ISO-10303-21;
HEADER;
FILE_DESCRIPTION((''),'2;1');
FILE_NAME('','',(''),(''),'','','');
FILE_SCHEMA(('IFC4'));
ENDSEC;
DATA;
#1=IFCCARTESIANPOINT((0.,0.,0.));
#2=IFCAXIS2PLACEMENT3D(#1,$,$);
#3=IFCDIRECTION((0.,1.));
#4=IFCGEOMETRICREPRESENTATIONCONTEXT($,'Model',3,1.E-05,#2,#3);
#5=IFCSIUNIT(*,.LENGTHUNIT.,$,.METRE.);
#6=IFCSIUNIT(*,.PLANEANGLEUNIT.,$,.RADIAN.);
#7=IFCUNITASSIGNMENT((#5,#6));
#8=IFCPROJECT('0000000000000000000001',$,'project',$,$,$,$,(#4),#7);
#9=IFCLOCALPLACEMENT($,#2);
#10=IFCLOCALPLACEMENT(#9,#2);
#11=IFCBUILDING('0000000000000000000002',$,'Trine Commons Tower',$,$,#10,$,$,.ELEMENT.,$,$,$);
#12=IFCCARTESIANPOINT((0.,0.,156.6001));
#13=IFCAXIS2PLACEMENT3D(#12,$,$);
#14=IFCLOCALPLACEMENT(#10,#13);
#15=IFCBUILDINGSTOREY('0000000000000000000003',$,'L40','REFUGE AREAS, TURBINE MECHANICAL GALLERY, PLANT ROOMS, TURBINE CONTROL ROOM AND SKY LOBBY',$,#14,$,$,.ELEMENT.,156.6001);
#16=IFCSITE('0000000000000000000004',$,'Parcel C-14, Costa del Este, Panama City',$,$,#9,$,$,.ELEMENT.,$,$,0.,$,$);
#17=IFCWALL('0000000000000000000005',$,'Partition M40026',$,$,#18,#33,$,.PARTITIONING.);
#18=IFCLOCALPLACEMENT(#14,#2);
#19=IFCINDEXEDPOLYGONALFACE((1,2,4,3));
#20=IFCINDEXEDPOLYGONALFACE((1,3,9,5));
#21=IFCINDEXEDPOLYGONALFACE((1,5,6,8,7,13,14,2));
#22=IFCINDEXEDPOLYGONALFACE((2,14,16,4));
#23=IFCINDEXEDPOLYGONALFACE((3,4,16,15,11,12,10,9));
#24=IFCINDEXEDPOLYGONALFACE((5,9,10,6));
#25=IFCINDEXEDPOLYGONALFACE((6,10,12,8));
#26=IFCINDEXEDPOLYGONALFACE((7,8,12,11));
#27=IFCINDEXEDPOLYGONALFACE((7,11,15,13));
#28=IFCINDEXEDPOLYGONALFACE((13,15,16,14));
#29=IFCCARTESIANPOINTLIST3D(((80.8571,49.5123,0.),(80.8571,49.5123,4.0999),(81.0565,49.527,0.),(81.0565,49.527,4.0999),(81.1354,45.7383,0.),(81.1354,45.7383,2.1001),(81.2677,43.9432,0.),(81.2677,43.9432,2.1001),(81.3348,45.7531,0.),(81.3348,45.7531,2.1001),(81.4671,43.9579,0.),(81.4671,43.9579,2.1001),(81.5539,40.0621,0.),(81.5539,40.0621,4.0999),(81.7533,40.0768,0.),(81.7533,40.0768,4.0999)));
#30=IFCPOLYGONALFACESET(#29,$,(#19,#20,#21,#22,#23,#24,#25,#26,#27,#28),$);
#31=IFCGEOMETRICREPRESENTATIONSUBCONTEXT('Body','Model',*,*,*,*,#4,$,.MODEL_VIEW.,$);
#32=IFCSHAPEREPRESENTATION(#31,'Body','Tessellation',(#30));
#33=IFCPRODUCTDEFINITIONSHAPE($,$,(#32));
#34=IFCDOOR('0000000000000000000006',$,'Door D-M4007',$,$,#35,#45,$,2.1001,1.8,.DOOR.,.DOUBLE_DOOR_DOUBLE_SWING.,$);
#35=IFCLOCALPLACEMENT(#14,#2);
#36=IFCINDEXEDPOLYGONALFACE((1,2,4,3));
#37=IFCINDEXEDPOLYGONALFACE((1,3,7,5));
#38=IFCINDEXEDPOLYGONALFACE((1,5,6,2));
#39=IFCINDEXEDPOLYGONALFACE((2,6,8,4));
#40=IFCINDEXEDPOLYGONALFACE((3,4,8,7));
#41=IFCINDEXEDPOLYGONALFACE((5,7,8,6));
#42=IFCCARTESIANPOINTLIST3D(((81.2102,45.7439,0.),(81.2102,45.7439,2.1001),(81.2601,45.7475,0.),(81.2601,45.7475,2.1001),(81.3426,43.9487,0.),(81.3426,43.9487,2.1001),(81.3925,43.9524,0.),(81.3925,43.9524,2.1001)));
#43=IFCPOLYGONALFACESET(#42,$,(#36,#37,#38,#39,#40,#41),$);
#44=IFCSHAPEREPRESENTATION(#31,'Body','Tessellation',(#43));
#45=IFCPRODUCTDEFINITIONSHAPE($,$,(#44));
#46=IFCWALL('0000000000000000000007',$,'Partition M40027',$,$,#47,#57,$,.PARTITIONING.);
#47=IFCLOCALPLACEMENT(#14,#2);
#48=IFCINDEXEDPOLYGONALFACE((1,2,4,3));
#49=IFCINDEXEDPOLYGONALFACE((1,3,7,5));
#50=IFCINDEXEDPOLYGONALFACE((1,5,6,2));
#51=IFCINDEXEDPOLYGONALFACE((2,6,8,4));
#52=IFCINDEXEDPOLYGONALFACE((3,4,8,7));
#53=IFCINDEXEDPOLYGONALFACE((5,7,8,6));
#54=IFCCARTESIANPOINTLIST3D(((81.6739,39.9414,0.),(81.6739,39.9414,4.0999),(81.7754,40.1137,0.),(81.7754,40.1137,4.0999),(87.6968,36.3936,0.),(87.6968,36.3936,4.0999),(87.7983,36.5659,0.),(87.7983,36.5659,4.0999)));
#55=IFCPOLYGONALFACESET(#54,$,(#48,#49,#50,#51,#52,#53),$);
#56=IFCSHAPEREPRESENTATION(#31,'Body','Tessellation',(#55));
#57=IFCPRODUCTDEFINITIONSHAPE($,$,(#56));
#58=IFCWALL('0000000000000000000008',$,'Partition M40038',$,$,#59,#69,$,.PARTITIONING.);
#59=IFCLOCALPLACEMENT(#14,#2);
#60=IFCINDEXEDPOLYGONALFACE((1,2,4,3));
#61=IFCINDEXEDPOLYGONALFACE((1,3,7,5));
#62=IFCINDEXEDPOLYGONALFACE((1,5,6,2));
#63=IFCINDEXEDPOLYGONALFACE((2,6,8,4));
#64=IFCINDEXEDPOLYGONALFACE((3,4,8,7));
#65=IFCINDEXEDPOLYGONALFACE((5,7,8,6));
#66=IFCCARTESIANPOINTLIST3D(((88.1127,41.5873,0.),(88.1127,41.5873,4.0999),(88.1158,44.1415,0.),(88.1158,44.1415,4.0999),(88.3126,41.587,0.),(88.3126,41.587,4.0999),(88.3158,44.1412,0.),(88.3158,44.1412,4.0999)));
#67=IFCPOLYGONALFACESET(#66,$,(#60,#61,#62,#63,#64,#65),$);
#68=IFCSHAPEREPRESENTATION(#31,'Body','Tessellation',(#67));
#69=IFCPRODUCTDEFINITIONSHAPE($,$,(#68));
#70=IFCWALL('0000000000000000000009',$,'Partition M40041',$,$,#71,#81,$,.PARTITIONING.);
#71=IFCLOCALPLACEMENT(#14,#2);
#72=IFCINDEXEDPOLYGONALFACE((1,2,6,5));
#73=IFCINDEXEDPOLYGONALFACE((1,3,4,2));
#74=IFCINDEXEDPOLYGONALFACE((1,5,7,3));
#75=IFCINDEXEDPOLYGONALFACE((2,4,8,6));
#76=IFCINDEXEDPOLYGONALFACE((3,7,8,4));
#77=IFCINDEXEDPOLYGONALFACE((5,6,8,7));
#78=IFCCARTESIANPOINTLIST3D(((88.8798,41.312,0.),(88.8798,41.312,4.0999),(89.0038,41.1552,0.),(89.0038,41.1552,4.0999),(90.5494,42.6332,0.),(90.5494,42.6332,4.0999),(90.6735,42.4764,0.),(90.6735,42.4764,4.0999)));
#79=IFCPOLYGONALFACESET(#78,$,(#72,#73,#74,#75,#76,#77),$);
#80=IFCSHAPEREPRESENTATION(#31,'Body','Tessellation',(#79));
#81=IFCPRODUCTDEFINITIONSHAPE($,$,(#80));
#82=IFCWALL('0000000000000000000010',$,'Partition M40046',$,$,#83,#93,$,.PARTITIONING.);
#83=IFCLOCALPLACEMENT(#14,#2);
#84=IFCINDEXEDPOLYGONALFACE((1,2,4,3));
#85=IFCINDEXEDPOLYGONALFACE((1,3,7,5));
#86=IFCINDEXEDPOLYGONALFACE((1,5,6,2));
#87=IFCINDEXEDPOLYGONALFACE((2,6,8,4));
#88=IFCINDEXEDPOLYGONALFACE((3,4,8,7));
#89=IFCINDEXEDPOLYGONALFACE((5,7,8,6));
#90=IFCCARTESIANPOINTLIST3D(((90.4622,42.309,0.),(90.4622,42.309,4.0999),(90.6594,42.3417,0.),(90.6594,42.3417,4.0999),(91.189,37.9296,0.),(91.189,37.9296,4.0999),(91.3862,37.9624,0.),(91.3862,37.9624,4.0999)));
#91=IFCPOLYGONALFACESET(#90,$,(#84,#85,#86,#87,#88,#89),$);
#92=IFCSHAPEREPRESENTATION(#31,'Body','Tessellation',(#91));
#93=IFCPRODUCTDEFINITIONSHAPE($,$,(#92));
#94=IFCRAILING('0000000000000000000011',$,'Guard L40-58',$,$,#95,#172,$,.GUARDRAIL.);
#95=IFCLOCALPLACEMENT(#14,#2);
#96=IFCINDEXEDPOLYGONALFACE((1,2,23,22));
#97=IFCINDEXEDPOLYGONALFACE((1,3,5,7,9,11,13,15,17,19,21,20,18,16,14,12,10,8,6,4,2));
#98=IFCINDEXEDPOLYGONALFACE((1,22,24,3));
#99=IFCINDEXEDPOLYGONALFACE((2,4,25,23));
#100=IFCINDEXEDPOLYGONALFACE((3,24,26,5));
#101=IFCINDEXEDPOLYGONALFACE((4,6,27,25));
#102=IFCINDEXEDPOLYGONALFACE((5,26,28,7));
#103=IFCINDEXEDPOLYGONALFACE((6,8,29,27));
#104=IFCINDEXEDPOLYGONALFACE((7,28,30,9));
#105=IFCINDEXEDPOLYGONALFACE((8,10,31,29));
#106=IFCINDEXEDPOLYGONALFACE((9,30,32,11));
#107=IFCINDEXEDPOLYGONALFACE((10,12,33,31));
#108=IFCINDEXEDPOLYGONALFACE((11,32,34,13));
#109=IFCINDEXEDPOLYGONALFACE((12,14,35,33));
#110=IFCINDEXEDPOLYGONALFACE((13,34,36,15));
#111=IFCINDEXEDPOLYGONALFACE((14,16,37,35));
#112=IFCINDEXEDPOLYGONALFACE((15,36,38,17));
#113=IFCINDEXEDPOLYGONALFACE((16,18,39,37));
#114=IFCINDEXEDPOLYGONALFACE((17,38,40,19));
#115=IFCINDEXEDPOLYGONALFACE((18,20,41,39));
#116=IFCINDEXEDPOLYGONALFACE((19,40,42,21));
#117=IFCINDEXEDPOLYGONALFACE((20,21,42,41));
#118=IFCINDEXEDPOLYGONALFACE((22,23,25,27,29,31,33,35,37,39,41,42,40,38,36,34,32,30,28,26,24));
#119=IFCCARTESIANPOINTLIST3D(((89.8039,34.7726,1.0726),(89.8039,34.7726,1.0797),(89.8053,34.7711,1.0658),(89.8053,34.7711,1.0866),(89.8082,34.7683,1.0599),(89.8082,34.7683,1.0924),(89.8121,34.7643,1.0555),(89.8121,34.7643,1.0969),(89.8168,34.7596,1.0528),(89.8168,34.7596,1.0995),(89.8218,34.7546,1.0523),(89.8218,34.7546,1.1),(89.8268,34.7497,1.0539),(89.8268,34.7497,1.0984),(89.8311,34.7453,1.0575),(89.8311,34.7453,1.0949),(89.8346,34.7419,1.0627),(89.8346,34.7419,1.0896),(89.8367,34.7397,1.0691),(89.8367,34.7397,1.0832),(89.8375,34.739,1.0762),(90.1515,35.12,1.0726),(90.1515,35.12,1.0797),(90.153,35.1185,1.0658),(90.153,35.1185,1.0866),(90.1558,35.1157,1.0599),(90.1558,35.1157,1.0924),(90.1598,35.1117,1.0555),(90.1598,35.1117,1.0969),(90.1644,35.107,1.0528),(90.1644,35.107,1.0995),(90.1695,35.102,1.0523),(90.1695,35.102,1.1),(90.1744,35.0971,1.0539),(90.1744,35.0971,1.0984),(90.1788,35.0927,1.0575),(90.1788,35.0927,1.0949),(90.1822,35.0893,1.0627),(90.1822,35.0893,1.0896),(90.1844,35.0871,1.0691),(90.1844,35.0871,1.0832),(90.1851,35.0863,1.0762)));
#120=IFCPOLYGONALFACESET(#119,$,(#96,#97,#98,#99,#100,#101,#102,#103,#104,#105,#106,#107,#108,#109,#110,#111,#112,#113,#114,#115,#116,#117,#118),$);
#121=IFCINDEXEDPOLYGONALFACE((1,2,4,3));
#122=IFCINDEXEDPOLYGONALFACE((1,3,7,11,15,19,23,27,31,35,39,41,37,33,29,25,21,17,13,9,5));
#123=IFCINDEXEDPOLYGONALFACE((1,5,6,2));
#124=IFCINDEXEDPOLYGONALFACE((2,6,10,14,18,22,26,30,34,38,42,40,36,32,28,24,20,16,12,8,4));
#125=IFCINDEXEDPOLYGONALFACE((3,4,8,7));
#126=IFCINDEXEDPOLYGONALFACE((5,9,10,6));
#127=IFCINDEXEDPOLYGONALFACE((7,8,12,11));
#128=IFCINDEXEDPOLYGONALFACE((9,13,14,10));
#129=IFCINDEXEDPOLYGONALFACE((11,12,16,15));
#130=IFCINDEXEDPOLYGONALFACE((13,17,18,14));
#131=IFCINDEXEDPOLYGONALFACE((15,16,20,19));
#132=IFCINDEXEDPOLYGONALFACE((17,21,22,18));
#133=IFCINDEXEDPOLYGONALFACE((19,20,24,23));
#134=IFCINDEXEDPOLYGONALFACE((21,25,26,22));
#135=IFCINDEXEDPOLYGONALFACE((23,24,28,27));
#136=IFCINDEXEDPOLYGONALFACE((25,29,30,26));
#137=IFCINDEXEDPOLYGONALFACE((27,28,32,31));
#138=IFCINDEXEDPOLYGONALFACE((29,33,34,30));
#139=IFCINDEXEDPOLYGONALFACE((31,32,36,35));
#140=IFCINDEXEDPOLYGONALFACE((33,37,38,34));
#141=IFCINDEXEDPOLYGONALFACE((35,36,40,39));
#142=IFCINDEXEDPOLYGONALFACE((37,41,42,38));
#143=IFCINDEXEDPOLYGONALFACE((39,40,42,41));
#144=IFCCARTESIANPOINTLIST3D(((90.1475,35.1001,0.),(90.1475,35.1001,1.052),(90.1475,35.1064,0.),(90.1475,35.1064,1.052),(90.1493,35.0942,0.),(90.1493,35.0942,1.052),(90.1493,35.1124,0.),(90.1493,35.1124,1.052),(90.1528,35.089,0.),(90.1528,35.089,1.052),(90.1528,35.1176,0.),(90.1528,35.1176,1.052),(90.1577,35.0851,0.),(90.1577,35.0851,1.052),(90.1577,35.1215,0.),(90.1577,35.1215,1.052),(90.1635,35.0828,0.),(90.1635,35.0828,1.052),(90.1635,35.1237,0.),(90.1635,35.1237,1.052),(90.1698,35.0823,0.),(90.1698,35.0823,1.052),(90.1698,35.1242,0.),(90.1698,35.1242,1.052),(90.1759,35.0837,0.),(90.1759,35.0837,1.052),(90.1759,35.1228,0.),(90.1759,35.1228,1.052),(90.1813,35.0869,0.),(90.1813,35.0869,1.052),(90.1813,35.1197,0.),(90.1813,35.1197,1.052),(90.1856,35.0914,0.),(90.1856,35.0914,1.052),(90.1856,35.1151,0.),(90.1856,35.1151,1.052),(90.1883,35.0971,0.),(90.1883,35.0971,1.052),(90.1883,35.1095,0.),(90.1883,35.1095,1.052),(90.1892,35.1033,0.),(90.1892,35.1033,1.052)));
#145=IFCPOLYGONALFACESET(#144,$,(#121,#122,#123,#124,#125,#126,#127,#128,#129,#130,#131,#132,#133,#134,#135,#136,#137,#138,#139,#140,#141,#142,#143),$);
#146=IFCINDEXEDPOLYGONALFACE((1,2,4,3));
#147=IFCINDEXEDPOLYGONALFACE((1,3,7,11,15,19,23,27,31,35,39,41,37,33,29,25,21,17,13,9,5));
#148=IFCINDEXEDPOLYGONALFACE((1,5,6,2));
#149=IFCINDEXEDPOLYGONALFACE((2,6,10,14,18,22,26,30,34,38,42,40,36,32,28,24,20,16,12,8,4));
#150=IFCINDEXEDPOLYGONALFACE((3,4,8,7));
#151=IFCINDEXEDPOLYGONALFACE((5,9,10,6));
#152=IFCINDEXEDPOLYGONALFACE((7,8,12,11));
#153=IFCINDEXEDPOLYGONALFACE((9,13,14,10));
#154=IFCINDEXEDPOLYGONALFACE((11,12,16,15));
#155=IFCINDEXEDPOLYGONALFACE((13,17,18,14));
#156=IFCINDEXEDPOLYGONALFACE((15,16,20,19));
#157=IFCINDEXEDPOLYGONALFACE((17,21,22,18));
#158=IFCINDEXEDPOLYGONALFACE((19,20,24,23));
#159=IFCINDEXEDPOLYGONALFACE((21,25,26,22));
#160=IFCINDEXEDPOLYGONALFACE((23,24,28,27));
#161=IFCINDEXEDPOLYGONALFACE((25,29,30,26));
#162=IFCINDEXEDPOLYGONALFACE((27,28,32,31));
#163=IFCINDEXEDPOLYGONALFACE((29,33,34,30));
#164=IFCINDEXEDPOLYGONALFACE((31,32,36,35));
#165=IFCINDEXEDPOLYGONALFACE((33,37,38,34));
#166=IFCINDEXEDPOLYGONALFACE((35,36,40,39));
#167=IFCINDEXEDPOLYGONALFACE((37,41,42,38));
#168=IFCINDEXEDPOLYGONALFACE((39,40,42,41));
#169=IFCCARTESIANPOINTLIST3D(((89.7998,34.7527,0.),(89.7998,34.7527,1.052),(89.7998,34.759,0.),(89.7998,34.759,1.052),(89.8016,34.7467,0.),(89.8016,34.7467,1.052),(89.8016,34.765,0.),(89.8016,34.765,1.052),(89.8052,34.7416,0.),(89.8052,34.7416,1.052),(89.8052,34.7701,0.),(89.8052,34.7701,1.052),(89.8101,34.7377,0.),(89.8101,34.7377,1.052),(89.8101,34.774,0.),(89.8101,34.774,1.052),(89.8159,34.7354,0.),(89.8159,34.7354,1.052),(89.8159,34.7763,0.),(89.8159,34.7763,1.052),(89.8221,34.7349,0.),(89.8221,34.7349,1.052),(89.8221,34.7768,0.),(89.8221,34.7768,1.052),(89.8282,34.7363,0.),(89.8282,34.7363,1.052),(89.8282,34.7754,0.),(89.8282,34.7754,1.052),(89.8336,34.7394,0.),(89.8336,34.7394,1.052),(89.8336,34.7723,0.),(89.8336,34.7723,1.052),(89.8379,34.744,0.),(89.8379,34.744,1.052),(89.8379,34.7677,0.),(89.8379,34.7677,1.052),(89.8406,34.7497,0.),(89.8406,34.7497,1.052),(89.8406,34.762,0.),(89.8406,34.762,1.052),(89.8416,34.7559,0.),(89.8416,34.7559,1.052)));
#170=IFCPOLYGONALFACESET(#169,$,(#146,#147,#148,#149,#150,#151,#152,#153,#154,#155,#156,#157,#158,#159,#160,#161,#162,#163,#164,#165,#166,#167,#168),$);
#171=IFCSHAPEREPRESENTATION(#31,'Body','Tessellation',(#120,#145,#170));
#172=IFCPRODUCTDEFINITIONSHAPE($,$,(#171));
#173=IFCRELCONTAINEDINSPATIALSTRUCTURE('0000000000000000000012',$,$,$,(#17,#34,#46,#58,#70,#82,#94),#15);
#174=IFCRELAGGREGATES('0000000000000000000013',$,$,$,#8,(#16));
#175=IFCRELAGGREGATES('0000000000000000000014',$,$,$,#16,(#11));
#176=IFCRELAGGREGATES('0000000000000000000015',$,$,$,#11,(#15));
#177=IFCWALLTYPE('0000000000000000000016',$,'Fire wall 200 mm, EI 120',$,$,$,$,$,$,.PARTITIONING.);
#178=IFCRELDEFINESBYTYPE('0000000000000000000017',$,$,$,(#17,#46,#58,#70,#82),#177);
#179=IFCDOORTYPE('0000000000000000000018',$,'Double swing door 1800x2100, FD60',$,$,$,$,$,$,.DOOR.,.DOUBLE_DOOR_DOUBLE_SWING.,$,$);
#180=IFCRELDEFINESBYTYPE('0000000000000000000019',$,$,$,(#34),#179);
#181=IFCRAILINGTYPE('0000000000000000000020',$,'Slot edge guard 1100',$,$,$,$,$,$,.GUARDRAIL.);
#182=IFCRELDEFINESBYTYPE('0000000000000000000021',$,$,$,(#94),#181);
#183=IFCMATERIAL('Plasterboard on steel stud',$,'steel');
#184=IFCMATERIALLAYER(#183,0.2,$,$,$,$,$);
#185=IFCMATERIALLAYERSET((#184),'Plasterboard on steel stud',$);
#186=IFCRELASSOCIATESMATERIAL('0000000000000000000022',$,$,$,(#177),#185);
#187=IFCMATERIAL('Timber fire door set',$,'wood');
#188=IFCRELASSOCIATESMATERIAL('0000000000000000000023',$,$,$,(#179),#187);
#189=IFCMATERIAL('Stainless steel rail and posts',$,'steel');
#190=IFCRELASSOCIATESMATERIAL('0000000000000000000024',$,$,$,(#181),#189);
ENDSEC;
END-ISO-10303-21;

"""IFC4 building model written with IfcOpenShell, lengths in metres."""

from ifc_helpers import new_model, si_unit, direction, frame, frame_2d, origin, origin_2d, place, context, subcontext, project, spatial, rectangle, circle, extrude, material, layer, layer_set, type_object, element, fill, save


model = new_model("IFC4")

# Units and contexts
model_context = context("Model", 3, precision=1e-05, world=origin(), true_north=direction((0.0, 1.0)))
body_context = subcontext(model_context, "Body", "Model", "MODEL_VIEW")
ifc_project = project(units=[si_unit("LENGTHUNIT", "METRE"), si_unit("PLANEANGLEUNIT", "RADIAN")], contexts=[model_context])

# Site, building, storey
site_placement = place(None, origin())
site = spatial("IfcSite", under=ifc_project, at=site_placement, Name="Parcel C-14, Costa del Este, Panama City", CompositionType="ELEMENT", RefElevation=0.0)
building_placement = place(site_placement, origin())
building = spatial("IfcBuilding", under=site, at=building_placement, Name="Trine Commons Tower", CompositionType="ELEMENT")
storey_placement = place(building_placement, frame((0.0, 0.0, 156.6001)))
storey = spatial("IfcBuildingStorey", under=building, at=storey_placement, Name="L40", Description="REFUGE AREAS, TURBINE MECHANICAL GALLERY, PLANT ROOMS, TURBINE CONTROL ROOM AND SKY LOBBY", CompositionType="ELEMENT", Elevation=156.6001)

# Wall, opening, door
ifc_material_1 = material(Name="Plasterboard on steel stud", Category="steel")
ifc_layer_1 = layer(ifc_material_1, 0.2)
ifc_layer_set_1 = layer_set([ifc_layer_1], Name="Plasterboard on steel stud")
wall_type_1 = type_object("IfcWallType", Name="Fire wall 200 mm, EI 120", PredefinedType="PARTITIONING", material=ifc_layer_set_1)
wall_1_placement = place(storey_placement, frame((81.6536, 40.0696, 0.0), z_axis=(0.0, 0.0, 1.0), x_axis=(-0.073532, 0.997293, 0.0)))
wall_1 = element("IfcWall", 1, at=wall_1_placement, inside=storey, type_object=wall_type_1, Name="Partition M40026", PredefinedType="PARTITIONING", context=body_context, shape_type="SweptSolid", body=[
    extrude(rectangle(XDim=9.4758, YDim=0.2, at=frame_2d((4.7378, 0.0))), origin(), (0.0, 0.0, 1.0), 4.0999),
])
opening_placement = place(wall_1_placement, frame((3.8916, 0.0, 0.0)))
opening = element("IfcOpeningElement", 2, at=opening_placement, cuts=wall_1, PredefinedType="OPENING", context=body_context, shape_type="SweptSolid", body=[
    extrude(rectangle(XDim=1.8, YDim=2.1001, at=frame_2d((0.8999, 1.05))), frame((0.0, 0.1099, 0.0), z_axis=(0.0, -1.0, 0.0), x_axis=(1.0, 0.0, 0.0)), (0.0, 0.0, 1.0), 0.22),
])
ifc_material_2 = material(Name="Timber fire door set", Category="wood")
door_type = type_object("IfcDoorType", Name="Double swing door 1800x2100, FD60", OperationType="DOUBLE_DOOR_DOUBLE_SWING", PredefinedType="DOOR", material=ifc_material_2)
door_placement = place(opening_placement, origin())
door = element("IfcDoor", 3, at=door_placement, inside=storey, type_object=door_type, Name="Door D-M4007", OperationType="DOUBLE_DOOR_DOUBLE_SWING", OverallHeight=2.1001, OverallWidth=1.8, PredefinedType="DOOR", context=body_context, shape_type="SweptSolid", body=[
    extrude(rectangle(XDim=1.8, YDim=2.1001, at=frame_2d((0.8999, 1.05))), frame((0.0, 0.0249, 0.0), z_axis=(0.0, -1.0, 0.0), x_axis=(1.0, 0.0, 0.0)), (0.0, 0.0, 1.0), 0.05),
])
fill(opening, door)

# Walls
wall_2_placement = place(storey_placement, frame((81.7246, 40.0276, 0.0), z_axis=(0.0, 0.0, 1.0), x_axis=(0.861625, -0.507545, 0.0)))
element("IfcWall", 4, at=wall_2_placement, inside=storey, type_object=wall_type_1, Name="Partition M40027", PredefinedType="PARTITIONING", context=body_context, shape_type="SweptSolid", body=[
    extrude(rectangle(XDim=6.9902, YDim=0.2, at=frame_2d((3.4951, 0.0))), origin(), (0.0, 0.0, 1.0), 4.0999),
])
wall_3_placement = place(storey_placement, frame((88.2126, 41.5872, 0.0), z_axis=(0.0, 0.0, 1.0), x_axis=(0.001243, 0.999999, 0.0)))
element("IfcWall", 5, at=wall_3_placement, inside=storey, type_object=wall_type_1, Name="Partition M40038", PredefinedType="PARTITIONING", context=body_context, shape_type="SweptSolid", body=[
    extrude(rectangle(XDim=2.5542, YDim=0.2, at=frame_2d((1.2771, 0.0))), origin(), (0.0, 0.0, 1.0), 4.0999),
])
wall_4_placement = place(storey_placement, frame((88.9419, 41.2336, 0.0), z_axis=(0.0, 0.0, 1.0), x_axis=(0.784169, 0.620547, 0.0)))
element("IfcWall", 6, at=wall_4_placement, inside=storey, type_object=wall_type_1, Name="Partition M40041", PredefinedType="PARTITIONING", context=body_context, shape_type="SweptSolid", body=[
    extrude(rectangle(XDim=2.1292, YDim=0.2, at=frame_2d((1.0645, 0.0))), origin(), (0.0, 0.0, 1.0), 4.0999),
])
wall_5_placement = place(storey_placement, frame((90.5608, 42.3254, 0.0), z_axis=(0.0, 0.0, 1.0), x_axis=(0.163721, -0.986507, 0.0)))
element("IfcWall", 7, at=wall_5_placement, inside=storey, type_object=wall_type_1, Name="Partition M40046", PredefinedType="PARTITIONING", context=body_context, shape_type="SweptSolid", body=[
    extrude(rectangle(XDim=4.4392, YDim=0.2, at=frame_2d((2.2197, 0.0))), origin(), (0.0, 0.0, 1.0), 4.0999),
])

# Railing
ifc_material_3 = material(Name="Stainless steel rail and posts", Category="steel")
railing_type = type_object("IfcRailingType", Name="Slot edge guard 1100", PredefinedType="GUARDRAIL", material=ifc_material_3)
railing_1_placement = place(storey_placement, frame((90.1682, 35.1033, 0.0)))
element("IfcRailing", 8, at=railing_1_placement, inside=storey, type_object=railing_type, Name="Guard L40-58", PredefinedType="GUARDRAIL", context=body_context, shape_type="SweptSolid", body=[
    extrude(circle(Radius=0.0239, at=origin_2d()), frame((0.0, 0.0, 1.0762), z_axis=(-0.707355, -0.706858, 0.0), x_axis=(0.706858, -0.707355, 0.0)), (0.0, 0.0, 1.0), 0.4915),
    extrude(circle(Radius=0.021, at=origin_2d()), origin(), (0.0, 0.0, 1.0), 1.052),
    extrude(circle(Radius=0.021, at=origin_2d()), frame((-0.3477, -0.3474, 0.0)), (0.0, 0.0, 1.0), 1.052),
])

save(model, "model.ifc")
